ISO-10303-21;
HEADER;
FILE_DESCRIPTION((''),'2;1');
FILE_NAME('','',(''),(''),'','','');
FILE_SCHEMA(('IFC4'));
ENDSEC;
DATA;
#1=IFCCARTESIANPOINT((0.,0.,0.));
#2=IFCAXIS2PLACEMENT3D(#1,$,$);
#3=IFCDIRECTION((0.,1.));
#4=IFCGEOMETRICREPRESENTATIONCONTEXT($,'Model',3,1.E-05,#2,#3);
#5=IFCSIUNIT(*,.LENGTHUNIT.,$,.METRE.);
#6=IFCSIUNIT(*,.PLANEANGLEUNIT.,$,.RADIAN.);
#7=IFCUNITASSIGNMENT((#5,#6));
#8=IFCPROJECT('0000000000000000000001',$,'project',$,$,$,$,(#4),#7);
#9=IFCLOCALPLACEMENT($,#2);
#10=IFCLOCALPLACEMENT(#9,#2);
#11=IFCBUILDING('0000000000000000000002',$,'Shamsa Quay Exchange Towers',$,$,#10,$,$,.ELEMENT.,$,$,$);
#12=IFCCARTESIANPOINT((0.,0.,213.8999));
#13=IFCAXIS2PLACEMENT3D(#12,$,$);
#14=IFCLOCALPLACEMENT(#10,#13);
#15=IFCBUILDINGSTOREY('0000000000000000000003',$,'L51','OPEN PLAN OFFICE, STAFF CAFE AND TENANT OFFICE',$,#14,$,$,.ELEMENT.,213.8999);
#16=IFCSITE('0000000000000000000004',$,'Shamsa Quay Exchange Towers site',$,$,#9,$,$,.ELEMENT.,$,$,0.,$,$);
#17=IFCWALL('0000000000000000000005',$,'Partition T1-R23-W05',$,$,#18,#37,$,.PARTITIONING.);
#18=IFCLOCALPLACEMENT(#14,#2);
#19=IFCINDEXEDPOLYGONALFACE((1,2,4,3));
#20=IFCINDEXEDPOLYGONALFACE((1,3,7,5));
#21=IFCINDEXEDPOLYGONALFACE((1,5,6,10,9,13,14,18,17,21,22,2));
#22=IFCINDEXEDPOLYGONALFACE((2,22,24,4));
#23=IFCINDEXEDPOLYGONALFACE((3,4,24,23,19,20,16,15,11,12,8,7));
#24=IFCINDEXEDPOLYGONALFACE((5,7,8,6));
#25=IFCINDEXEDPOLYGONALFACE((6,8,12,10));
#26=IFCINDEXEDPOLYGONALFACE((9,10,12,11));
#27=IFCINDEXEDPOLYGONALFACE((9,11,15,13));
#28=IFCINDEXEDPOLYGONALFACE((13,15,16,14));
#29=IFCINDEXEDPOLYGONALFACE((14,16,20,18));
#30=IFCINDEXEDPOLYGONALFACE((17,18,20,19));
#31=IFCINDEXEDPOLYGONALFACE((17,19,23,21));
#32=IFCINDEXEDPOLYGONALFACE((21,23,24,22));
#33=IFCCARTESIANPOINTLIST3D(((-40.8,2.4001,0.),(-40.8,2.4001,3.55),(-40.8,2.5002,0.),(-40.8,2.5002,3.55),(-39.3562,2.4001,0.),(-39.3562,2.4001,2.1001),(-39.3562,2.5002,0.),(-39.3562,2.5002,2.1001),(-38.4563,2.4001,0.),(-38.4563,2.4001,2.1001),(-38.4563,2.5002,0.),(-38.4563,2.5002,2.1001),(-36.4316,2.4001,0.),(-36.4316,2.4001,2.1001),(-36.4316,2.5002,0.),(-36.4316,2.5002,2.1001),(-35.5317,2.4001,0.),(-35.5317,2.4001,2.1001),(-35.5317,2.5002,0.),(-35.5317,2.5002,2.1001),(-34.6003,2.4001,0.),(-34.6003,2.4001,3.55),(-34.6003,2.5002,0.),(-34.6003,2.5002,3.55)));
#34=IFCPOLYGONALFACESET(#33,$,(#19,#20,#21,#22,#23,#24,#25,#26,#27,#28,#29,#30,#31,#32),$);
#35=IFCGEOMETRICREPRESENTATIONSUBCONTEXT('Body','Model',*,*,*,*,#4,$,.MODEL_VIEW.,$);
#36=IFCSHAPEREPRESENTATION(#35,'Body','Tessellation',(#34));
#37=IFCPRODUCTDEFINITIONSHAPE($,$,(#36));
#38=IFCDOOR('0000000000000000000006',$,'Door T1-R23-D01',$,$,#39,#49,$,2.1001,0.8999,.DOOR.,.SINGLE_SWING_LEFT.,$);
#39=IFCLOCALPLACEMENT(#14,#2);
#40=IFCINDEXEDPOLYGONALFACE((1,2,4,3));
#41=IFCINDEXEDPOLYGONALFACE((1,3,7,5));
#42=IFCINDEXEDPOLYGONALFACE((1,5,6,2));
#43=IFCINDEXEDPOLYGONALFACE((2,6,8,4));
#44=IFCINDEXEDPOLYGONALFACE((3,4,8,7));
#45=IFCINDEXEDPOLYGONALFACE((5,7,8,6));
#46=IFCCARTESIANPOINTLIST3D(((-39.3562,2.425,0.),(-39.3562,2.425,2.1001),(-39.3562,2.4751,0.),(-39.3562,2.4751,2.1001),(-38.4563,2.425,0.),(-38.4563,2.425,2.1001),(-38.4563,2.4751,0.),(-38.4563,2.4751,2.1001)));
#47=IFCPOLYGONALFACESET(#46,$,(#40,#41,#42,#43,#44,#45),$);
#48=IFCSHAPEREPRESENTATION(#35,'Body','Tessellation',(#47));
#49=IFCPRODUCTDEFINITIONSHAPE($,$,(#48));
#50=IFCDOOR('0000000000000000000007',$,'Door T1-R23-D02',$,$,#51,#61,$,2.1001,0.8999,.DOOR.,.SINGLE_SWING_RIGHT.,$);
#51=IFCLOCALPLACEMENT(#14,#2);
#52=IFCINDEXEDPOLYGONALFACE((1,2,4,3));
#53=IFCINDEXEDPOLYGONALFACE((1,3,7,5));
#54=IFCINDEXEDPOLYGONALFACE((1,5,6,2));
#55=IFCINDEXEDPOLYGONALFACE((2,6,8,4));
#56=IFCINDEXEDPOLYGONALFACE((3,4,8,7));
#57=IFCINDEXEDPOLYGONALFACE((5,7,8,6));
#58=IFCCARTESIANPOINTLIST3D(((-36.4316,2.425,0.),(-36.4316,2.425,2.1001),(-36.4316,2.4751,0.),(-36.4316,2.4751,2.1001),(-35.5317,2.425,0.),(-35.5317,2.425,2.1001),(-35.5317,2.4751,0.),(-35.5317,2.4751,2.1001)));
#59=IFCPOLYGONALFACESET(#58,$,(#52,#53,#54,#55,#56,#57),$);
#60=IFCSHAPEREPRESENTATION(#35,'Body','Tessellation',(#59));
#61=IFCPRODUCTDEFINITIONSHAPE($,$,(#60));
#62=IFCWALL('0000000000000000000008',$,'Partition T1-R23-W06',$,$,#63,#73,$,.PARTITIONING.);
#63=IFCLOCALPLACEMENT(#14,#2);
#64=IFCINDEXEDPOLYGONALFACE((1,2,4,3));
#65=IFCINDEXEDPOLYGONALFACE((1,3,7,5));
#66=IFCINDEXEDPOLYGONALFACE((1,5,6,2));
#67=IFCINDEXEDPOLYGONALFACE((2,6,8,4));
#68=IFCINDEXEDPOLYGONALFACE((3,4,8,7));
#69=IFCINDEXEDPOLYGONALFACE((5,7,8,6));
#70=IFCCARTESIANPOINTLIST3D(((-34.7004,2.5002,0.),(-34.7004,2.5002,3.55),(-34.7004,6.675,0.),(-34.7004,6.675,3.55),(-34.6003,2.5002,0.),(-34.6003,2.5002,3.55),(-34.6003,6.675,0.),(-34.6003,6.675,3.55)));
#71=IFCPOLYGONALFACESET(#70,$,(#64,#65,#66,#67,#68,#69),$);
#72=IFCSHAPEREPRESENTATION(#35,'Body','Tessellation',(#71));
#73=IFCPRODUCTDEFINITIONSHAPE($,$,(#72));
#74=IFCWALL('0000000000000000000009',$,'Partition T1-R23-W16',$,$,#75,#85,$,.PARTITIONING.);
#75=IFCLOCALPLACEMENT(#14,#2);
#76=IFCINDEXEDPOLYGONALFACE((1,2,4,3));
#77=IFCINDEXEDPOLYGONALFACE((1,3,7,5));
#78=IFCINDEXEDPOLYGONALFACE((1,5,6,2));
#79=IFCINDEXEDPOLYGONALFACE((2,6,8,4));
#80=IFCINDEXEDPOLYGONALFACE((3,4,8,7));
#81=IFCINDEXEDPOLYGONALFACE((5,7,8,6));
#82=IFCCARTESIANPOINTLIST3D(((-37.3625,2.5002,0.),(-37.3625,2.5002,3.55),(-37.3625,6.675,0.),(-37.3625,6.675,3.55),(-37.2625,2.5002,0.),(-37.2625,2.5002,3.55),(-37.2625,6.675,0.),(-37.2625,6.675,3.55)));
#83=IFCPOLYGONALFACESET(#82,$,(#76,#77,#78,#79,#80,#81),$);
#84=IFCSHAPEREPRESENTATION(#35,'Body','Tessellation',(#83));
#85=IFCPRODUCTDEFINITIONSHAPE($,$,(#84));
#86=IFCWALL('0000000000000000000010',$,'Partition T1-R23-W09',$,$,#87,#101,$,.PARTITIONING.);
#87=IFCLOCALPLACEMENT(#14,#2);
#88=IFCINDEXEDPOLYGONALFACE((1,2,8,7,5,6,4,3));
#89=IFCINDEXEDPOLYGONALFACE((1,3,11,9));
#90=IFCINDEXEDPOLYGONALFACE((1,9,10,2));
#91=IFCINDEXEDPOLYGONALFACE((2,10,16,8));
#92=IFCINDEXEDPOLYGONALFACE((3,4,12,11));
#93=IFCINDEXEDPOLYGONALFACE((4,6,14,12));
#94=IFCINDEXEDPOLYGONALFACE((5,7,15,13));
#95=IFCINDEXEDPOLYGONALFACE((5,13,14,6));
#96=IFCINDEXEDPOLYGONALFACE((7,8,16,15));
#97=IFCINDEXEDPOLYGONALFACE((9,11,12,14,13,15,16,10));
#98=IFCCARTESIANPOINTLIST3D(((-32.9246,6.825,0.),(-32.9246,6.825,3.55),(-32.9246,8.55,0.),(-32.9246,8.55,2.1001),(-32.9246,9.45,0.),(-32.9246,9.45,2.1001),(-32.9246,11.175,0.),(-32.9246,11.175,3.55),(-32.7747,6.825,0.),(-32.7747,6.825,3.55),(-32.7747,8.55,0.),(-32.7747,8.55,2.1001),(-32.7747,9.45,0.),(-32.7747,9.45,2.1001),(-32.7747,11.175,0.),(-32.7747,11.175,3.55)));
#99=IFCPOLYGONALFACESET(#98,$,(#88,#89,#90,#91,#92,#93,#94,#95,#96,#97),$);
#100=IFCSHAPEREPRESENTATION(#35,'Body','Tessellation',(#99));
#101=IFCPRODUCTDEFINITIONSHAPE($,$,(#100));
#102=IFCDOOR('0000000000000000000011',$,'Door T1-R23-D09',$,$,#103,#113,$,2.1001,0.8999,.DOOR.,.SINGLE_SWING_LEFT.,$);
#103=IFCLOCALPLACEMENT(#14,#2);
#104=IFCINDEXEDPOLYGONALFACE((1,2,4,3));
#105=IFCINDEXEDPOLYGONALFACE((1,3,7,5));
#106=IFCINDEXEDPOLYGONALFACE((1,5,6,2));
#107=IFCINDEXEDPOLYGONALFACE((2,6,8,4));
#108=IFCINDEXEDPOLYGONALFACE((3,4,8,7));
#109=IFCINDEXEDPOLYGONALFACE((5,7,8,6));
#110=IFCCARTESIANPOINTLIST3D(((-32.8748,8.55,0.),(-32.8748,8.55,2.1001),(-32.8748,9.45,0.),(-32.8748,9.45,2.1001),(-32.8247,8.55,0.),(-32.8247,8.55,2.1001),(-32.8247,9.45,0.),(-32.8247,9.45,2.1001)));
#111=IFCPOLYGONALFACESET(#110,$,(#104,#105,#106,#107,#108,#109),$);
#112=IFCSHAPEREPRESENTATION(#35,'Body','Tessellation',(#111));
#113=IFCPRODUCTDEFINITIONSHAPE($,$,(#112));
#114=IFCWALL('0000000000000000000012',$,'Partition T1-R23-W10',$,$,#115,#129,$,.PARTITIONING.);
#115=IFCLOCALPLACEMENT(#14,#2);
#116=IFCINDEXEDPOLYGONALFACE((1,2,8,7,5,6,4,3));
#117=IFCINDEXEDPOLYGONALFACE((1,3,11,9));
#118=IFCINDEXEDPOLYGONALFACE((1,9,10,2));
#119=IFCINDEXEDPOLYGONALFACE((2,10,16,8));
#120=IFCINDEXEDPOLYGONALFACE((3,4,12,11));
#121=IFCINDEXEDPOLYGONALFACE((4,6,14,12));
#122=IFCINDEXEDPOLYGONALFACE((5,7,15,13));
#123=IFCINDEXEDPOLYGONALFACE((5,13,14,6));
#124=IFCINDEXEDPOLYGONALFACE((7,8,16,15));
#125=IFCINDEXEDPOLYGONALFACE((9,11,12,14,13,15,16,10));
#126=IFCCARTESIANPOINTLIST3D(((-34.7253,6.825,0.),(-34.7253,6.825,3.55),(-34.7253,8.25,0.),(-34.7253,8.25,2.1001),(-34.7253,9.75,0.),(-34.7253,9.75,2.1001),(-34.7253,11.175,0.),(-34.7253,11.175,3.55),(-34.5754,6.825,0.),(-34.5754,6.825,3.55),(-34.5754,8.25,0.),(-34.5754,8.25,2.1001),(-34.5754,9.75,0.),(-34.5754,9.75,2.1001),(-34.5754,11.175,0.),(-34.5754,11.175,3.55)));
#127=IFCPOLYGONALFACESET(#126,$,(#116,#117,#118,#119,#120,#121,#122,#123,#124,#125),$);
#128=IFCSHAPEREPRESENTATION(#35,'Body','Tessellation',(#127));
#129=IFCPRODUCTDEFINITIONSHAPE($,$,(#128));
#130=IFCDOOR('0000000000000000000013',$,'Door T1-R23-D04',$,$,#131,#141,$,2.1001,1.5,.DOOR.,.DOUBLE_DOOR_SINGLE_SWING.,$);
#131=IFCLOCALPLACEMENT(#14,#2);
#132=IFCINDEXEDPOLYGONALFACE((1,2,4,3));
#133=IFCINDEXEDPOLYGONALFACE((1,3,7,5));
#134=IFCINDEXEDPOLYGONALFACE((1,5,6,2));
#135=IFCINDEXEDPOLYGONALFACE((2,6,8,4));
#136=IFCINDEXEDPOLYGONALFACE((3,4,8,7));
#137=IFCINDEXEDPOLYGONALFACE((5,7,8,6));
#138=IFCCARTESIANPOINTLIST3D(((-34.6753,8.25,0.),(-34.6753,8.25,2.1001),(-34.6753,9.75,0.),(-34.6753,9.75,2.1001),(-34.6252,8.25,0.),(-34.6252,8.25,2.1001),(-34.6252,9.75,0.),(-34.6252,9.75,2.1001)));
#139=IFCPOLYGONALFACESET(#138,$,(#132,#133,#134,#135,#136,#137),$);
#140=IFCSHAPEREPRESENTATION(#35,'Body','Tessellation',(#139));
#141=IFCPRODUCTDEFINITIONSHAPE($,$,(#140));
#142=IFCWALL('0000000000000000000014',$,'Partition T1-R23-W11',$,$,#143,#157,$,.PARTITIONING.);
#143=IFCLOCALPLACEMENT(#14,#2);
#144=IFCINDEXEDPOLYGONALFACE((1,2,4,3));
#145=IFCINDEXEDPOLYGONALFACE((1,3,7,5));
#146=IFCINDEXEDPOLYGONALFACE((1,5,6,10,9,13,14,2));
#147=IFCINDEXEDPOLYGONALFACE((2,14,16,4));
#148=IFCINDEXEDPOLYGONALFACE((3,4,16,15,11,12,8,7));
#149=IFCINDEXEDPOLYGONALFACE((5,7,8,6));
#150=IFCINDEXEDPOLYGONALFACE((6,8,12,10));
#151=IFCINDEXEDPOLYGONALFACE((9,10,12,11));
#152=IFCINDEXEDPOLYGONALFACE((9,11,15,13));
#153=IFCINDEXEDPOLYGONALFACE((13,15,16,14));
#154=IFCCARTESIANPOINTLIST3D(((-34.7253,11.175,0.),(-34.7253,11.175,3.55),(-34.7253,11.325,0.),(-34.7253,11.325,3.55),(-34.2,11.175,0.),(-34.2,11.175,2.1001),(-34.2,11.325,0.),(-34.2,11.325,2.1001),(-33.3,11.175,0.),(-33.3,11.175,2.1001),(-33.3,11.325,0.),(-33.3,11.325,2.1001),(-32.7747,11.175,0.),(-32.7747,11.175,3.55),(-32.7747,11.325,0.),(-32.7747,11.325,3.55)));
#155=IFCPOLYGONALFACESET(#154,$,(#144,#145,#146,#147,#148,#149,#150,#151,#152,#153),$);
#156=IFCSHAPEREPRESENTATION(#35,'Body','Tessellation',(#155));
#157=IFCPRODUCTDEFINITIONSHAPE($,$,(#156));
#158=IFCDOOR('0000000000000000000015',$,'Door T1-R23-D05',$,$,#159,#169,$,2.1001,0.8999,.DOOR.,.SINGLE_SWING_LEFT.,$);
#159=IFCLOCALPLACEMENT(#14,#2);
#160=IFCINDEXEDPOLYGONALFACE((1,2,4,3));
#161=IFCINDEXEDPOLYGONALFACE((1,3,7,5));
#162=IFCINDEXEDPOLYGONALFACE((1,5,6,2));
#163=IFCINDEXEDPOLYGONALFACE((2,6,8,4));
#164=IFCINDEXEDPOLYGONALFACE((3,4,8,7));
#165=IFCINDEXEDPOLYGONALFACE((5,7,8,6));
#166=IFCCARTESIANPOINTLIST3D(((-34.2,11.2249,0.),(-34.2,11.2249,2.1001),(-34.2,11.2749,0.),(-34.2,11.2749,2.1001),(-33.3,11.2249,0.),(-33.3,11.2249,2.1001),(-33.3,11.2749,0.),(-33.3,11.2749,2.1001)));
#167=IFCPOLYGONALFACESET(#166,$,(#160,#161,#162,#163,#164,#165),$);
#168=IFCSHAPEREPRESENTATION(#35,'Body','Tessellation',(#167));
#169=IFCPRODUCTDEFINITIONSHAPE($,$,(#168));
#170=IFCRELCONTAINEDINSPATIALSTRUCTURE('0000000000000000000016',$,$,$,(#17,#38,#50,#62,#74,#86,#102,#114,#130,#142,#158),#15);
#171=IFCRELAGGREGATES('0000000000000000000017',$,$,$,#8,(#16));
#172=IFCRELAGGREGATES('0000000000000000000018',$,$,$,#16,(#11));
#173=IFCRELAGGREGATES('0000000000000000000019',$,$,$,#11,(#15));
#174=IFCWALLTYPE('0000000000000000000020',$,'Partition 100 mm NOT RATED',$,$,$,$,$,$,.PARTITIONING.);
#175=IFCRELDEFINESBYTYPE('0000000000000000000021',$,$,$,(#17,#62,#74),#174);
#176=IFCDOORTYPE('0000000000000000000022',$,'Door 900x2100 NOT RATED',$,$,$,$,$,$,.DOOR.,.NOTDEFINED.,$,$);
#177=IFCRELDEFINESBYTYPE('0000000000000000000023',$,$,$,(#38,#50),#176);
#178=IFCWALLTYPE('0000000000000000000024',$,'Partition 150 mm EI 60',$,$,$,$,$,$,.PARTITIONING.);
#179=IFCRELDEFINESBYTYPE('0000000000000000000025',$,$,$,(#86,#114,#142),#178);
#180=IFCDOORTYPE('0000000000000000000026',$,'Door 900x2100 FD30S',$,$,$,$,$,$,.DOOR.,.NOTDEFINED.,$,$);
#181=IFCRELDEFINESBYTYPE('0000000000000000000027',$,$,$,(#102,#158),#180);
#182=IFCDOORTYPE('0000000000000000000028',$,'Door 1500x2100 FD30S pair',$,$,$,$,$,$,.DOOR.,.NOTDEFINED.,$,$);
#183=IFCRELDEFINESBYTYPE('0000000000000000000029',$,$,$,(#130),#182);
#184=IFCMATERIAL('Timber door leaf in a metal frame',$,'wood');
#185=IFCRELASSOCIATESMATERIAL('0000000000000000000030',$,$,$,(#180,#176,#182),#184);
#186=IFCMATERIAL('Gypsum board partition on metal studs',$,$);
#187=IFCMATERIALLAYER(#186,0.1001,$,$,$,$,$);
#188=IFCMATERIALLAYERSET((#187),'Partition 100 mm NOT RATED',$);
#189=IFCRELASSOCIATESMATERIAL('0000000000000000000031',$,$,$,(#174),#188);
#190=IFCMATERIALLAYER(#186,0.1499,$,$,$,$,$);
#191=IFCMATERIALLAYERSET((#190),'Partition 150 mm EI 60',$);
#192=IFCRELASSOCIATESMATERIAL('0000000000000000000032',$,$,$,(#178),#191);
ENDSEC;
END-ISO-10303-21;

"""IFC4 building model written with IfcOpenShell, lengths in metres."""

from ifc_helpers import new_model, si_unit, direction, frame, frame_2d, origin, place, context, subcontext, project, spatial, rectangle, extrude, material, layer, layer_set, type_object, element, fill, save


model = new_model("IFC4")

# Units and contexts
model_context = context("Model", 3, precision=1e-05, world=origin(), true_north=direction((0.0, 1.0)))
body_context = subcontext(model_context, "Body", "Model", "MODEL_VIEW")
ifc_project = project(units=[si_unit("LENGTHUNIT", "METRE"), si_unit("PLANEANGLEUNIT", "RADIAN")], contexts=[model_context])

# Site, building, storey
site_placement = place(None, origin())
site = spatial("IfcSite", under=ifc_project, at=site_placement, Name="Shamsa Quay Exchange Towers site", CompositionType="ELEMENT", RefElevation=0.0)
building_placement = place(site_placement, origin())
building = spatial("IfcBuilding", under=site, at=building_placement, Name="Shamsa Quay Exchange Towers", CompositionType="ELEMENT")
storey_placement = place(building_placement, frame((0.0, 0.0, 213.8999)))
storey = spatial("IfcBuildingStorey", under=building, at=storey_placement, Name="L51", Description="OPEN PLAN OFFICE, STAFF CAFE AND TENANT OFFICE", CompositionType="ELEMENT", Elevation=213.8999)

# Shared definitions
ifc_material_1 = material(Name="Timber door leaf in a metal frame", Category="wood")
door_type_1 = type_object("IfcDoorType", Name="Door 900x2100 FD30S", OperationType="NOTDEFINED", PredefinedType="DOOR", material=ifc_material_1)

# Wall, openings, doors
ifc_material_2 = material(Name="Gypsum board partition on metal studs")
ifc_layer_1 = layer(ifc_material_2, 0.1001)
ifc_layer_set_1 = layer_set([ifc_layer_1], Name="Partition 100 mm NOT RATED")
wall_type_1 = type_object("IfcWallType", Name="Partition 100 mm NOT RATED", PredefinedType="PARTITIONING", material=ifc_layer_set_1)
wall_1_placement = place(storey_placement, frame((-40.8, 2.4502, 0.0)))
wall_1 = element("IfcWall", 1, at=wall_1_placement, inside=storey, type_object=wall_type_1, Name="Partition T1-R23-W05", PredefinedType="PARTITIONING", context=body_context, shape_type="SweptSolid", body=[
    extrude(rectangle(XDim=6.1997, YDim=0.1001, at=frame_2d((3.0999, 0.0))), origin(), (0.0, 0.0, 1.0), 3.55),
])
opening_1_placement = place(wall_1_placement, frame((1.4438, 0.0, 0.0)))
opening_1 = element("IfcOpeningElement", 2, at=opening_1_placement, cuts=wall_1, PredefinedType="OPENING", context=body_context, shape_type="SweptSolid", body=[
    extrude(rectangle(XDim=0.8999, YDim=2.1001, at=frame_2d((0.45, 1.05))), frame((0.0, 0.0601, 0.0), z_axis=(0.0, -1.0, 0.0), x_axis=(1.0, 0.0, 0.0)), (0.0, 0.0, 1.0), 0.1201),
])
opening_2_placement = place(wall_1_placement, frame((4.3684, 0.0, 0.0)))
opening_2 = element("IfcOpeningElement", 3, at=opening_2_placement, cuts=wall_1, PredefinedType="OPENING", context=body_context, shape_type="SweptSolid", body=[
    extrude(rectangle(XDim=0.8999, YDim=2.1001, at=frame_2d((0.45, 1.05))), frame((0.0, 0.0601, 0.0), z_axis=(0.0, -1.0, 0.0), x_axis=(1.0, 0.0, 0.0)), (0.0, 0.0, 1.0), 0.1201),
])
door_type_2 = type_object("IfcDoorType", Name="Door 900x2100 NOT RATED", OperationType="NOTDEFINED", PredefinedType="DOOR", material=ifc_material_1)
door_1_placement = place(opening_1_placement, origin())
door_1 = element("IfcDoor", 4, at=door_1_placement, inside=storey, type_object=door_type_2, Name="Door T1-R23-D01", OperationType="SINGLE_SWING_LEFT", OverallHeight=2.1001, OverallWidth=0.8999, PredefinedType="DOOR", context=body_context, shape_type="SweptSolid", body=[
    extrude(rectangle(XDim=0.8999, YDim=2.1001, at=frame_2d((0.45, 1.05))), frame((0.0, 0.0249, 0.0), z_axis=(0.0, -1.0, 0.0), x_axis=(1.0, 0.0, 0.0)), (0.0, 0.0, 1.0), 0.05),
])
fill(opening_1, door_1)
door_2_placement = place(opening_2_placement, origin())
door_2 = element("IfcDoor", 5, at=door_2_placement, inside=storey, type_object=door_type_2, Name="Door T1-R23-D02", OperationType="SINGLE_SWING_RIGHT", OverallHeight=2.1001, OverallWidth=0.8999, PredefinedType="DOOR", context=body_context, shape_type="SweptSolid", body=[
    extrude(rectangle(XDim=0.8999, YDim=2.1001, at=frame_2d((0.45, 1.05))), frame((0.0, 0.0249, 0.0), z_axis=(0.0, -1.0, 0.0), x_axis=(1.0, 0.0, 0.0)), (0.0, 0.0, 1.0), 0.05),
])
fill(opening_2, door_2)

# Walls
for number, where, z_axis, x_axis, name in (
    (6, (-34.6504, 2.5002, 0.0), (0.0, 0.0, 1.0), (0.0, 1.0, 0.0), "Partition T1-R23-W06"),
    (7, (-37.3125, 2.5002, 0.0), (0.0, 0.0, 1.0), (0.0, 1.0, 0.0), "Partition T1-R23-W16"),
):
    element("IfcWall", number, at=place(storey_placement, frame(where, z_axis=z_axis, x_axis=x_axis)), inside=storey, type_object=wall_type_1, Name=name, PredefinedType="PARTITIONING", context=body_context, shape_type="SweptSolid", body=[
        extrude(rectangle(XDim=4.1748, YDim=0.1001, at=frame_2d((2.0874, 0.0))), origin(), (0.0, 0.0, 1.0), 3.55),
    ])

# Walls, openings, doors
ifc_layer_2 = layer(ifc_material_2, 0.1499)
ifc_layer_set_2 = layer_set([ifc_layer_2], Name="Partition 150 mm EI 60")
wall_type_2 = type_object("IfcWallType", Name="Partition 150 mm EI 60", PredefinedType="PARTITIONING", material=ifc_layer_set_2)
wall_2_placement = place(storey_placement, frame((-32.8496, 11.175, 0.0), z_axis=(0.0, 0.0, 1.0), x_axis=(0.0, -1.0, 0.0)))
wall_2 = element("IfcWall", 8, at=wall_2_placement, inside=storey, type_object=wall_type_2, Name="Partition T1-R23-W09", PredefinedType="PARTITIONING", context=body_context, shape_type="SweptSolid", body=[
    extrude(rectangle(XDim=4.3501, YDim=0.1499, at=frame_2d((2.175, 0.0))), origin(), (0.0, 0.0, 1.0), 3.55),
])
opening_3_placement = place(wall_2_placement, frame((1.7251, 0.0, 0.0)))
opening_3 = element("IfcOpeningElement", 9, at=opening_3_placement, cuts=wall_2, PredefinedType="OPENING", context=body_context, shape_type="SweptSolid", body=[
    extrude(rectangle(XDim=0.8999, YDim=2.1001, at=frame_2d((0.45, 1.05))), frame((0.0, 0.085, 0.0), z_axis=(0.0, -1.0, 0.0), x_axis=(1.0, 0.0, 0.0)), (0.0, 0.0, 1.0), 0.1699),
])
door_3_placement = place(opening_3_placement, origin())
door_3 = element("IfcDoor", 10, at=door_3_placement, inside=storey, type_object=door_type_1, Name="Door T1-R23-D09", OperationType="SINGLE_SWING_LEFT", OverallHeight=2.1001, OverallWidth=0.8999, PredefinedType="DOOR", context=body_context, shape_type="SweptSolid", body=[
    extrude(rectangle(XDim=0.8999, YDim=2.1001, at=frame_2d((0.45, 1.05))), frame((0.0, 0.0249, 0.0), z_axis=(0.0, -1.0, 0.0), x_axis=(1.0, 0.0, 0.0)), (0.0, 0.0, 1.0), 0.05),
])
fill(opening_3, door_3)
wall_3_placement = place(storey_placement, frame((-34.6504, 6.825, 0.0), z_axis=(0.0, 0.0, 1.0), x_axis=(0.0, 1.0, 0.0)))
wall_3 = element("IfcWall", 11, at=wall_3_placement, inside=storey, type_object=wall_type_2, Name="Partition T1-R23-W10", PredefinedType="PARTITIONING", context=body_context, shape_type="SweptSolid", body=[
    extrude(rectangle(XDim=4.3501, YDim=0.1499, at=frame_2d((2.175, 0.0))), origin(), (0.0, 0.0, 1.0), 3.55),
])
opening_4_placement = place(wall_3_placement, frame((1.425, 0.0, 0.0)))
opening_4 = element("IfcOpeningElement", 12, at=opening_4_placement, cuts=wall_3, PredefinedType="OPENING", context=body_context, shape_type="SweptSolid", body=[
    extrude(rectangle(XDim=1.5, YDim=2.1001, at=frame_2d((0.75, 1.05))), frame((0.0, 0.085, 0.0), z_axis=(0.0, -1.0, 0.0), x_axis=(1.0, 0.0, 0.0)), (0.0, 0.0, 1.0), 0.1699),
])
door_type_3 = type_object("IfcDoorType", Name="Door 1500x2100 FD30S pair", OperationType="NOTDEFINED", PredefinedType="DOOR", material=ifc_material_1)
door_4_placement = place(opening_4_placement, origin())
door_4 = element("IfcDoor", 13, at=door_4_placement, inside=storey, type_object=door_type_3, Name="Door T1-R23-D04", OperationType="DOUBLE_DOOR_SINGLE_SWING", OverallHeight=2.1001, OverallWidth=1.5, PredefinedType="DOOR", context=body_context, shape_type="SweptSolid", body=[
    extrude(rectangle(XDim=1.5, YDim=2.1001, at=frame_2d((0.75, 1.05))), frame((0.0, 0.0249, 0.0), z_axis=(0.0, -1.0, 0.0), x_axis=(1.0, 0.0, 0.0)), (0.0, 0.0, 1.0), 0.05),
])
fill(opening_4, door_4)
wall_4_placement = place(storey_placement, frame((-34.7253, 11.25, 0.0)))
wall_4 = element("IfcWall", 14, at=wall_4_placement, inside=storey, type_object=wall_type_2, Name="Partition T1-R23-W11", PredefinedType="PARTITIONING", context=body_context, shape_type="SweptSolid", body=[
    extrude(rectangle(XDim=1.9507, YDim=0.1499, at=frame_2d((0.9753, 0.0))), origin(), (0.0, 0.0, 1.0), 3.55),
])
opening_5_placement = place(wall_4_placement, frame((0.5254, 0.0, 0.0)))
opening_5 = element("IfcOpeningElement", 15, at=opening_5_placement, cuts=wall_4, PredefinedType="OPENING", context=body_context, shape_type="SweptSolid", body=[
    extrude(rectangle(XDim=0.8999, YDim=2.1001, at=frame_2d((0.45, 1.05))), frame((0.0, 0.085, 0.0), z_axis=(0.0, -1.0, 0.0), x_axis=(1.0, 0.0, 0.0)), (0.0, 0.0, 1.0), 0.1699),
])
door_5_placement = place(opening_5_placement, origin())
door_5 = element("IfcDoor", 16, at=door_5_placement, inside=storey, type_object=door_type_1, Name="Door T1-R23-D05", OperationType="SINGLE_SWING_LEFT", OverallHeight=2.1001, OverallWidth=0.8999, PredefinedType="DOOR", context=body_context, shape_type="SweptSolid", body=[
    extrude(rectangle(XDim=0.8999, YDim=2.1001, at=frame_2d((0.45, 1.05))), frame((0.0, 0.0249, 0.0), z_axis=(0.0, -1.0, 0.0), x_axis=(1.0, 0.0, 0.0)), (0.0, 0.0, 1.0), 0.05),
])
fill(opening_5, door_5)

save(model, "model.ifc")
